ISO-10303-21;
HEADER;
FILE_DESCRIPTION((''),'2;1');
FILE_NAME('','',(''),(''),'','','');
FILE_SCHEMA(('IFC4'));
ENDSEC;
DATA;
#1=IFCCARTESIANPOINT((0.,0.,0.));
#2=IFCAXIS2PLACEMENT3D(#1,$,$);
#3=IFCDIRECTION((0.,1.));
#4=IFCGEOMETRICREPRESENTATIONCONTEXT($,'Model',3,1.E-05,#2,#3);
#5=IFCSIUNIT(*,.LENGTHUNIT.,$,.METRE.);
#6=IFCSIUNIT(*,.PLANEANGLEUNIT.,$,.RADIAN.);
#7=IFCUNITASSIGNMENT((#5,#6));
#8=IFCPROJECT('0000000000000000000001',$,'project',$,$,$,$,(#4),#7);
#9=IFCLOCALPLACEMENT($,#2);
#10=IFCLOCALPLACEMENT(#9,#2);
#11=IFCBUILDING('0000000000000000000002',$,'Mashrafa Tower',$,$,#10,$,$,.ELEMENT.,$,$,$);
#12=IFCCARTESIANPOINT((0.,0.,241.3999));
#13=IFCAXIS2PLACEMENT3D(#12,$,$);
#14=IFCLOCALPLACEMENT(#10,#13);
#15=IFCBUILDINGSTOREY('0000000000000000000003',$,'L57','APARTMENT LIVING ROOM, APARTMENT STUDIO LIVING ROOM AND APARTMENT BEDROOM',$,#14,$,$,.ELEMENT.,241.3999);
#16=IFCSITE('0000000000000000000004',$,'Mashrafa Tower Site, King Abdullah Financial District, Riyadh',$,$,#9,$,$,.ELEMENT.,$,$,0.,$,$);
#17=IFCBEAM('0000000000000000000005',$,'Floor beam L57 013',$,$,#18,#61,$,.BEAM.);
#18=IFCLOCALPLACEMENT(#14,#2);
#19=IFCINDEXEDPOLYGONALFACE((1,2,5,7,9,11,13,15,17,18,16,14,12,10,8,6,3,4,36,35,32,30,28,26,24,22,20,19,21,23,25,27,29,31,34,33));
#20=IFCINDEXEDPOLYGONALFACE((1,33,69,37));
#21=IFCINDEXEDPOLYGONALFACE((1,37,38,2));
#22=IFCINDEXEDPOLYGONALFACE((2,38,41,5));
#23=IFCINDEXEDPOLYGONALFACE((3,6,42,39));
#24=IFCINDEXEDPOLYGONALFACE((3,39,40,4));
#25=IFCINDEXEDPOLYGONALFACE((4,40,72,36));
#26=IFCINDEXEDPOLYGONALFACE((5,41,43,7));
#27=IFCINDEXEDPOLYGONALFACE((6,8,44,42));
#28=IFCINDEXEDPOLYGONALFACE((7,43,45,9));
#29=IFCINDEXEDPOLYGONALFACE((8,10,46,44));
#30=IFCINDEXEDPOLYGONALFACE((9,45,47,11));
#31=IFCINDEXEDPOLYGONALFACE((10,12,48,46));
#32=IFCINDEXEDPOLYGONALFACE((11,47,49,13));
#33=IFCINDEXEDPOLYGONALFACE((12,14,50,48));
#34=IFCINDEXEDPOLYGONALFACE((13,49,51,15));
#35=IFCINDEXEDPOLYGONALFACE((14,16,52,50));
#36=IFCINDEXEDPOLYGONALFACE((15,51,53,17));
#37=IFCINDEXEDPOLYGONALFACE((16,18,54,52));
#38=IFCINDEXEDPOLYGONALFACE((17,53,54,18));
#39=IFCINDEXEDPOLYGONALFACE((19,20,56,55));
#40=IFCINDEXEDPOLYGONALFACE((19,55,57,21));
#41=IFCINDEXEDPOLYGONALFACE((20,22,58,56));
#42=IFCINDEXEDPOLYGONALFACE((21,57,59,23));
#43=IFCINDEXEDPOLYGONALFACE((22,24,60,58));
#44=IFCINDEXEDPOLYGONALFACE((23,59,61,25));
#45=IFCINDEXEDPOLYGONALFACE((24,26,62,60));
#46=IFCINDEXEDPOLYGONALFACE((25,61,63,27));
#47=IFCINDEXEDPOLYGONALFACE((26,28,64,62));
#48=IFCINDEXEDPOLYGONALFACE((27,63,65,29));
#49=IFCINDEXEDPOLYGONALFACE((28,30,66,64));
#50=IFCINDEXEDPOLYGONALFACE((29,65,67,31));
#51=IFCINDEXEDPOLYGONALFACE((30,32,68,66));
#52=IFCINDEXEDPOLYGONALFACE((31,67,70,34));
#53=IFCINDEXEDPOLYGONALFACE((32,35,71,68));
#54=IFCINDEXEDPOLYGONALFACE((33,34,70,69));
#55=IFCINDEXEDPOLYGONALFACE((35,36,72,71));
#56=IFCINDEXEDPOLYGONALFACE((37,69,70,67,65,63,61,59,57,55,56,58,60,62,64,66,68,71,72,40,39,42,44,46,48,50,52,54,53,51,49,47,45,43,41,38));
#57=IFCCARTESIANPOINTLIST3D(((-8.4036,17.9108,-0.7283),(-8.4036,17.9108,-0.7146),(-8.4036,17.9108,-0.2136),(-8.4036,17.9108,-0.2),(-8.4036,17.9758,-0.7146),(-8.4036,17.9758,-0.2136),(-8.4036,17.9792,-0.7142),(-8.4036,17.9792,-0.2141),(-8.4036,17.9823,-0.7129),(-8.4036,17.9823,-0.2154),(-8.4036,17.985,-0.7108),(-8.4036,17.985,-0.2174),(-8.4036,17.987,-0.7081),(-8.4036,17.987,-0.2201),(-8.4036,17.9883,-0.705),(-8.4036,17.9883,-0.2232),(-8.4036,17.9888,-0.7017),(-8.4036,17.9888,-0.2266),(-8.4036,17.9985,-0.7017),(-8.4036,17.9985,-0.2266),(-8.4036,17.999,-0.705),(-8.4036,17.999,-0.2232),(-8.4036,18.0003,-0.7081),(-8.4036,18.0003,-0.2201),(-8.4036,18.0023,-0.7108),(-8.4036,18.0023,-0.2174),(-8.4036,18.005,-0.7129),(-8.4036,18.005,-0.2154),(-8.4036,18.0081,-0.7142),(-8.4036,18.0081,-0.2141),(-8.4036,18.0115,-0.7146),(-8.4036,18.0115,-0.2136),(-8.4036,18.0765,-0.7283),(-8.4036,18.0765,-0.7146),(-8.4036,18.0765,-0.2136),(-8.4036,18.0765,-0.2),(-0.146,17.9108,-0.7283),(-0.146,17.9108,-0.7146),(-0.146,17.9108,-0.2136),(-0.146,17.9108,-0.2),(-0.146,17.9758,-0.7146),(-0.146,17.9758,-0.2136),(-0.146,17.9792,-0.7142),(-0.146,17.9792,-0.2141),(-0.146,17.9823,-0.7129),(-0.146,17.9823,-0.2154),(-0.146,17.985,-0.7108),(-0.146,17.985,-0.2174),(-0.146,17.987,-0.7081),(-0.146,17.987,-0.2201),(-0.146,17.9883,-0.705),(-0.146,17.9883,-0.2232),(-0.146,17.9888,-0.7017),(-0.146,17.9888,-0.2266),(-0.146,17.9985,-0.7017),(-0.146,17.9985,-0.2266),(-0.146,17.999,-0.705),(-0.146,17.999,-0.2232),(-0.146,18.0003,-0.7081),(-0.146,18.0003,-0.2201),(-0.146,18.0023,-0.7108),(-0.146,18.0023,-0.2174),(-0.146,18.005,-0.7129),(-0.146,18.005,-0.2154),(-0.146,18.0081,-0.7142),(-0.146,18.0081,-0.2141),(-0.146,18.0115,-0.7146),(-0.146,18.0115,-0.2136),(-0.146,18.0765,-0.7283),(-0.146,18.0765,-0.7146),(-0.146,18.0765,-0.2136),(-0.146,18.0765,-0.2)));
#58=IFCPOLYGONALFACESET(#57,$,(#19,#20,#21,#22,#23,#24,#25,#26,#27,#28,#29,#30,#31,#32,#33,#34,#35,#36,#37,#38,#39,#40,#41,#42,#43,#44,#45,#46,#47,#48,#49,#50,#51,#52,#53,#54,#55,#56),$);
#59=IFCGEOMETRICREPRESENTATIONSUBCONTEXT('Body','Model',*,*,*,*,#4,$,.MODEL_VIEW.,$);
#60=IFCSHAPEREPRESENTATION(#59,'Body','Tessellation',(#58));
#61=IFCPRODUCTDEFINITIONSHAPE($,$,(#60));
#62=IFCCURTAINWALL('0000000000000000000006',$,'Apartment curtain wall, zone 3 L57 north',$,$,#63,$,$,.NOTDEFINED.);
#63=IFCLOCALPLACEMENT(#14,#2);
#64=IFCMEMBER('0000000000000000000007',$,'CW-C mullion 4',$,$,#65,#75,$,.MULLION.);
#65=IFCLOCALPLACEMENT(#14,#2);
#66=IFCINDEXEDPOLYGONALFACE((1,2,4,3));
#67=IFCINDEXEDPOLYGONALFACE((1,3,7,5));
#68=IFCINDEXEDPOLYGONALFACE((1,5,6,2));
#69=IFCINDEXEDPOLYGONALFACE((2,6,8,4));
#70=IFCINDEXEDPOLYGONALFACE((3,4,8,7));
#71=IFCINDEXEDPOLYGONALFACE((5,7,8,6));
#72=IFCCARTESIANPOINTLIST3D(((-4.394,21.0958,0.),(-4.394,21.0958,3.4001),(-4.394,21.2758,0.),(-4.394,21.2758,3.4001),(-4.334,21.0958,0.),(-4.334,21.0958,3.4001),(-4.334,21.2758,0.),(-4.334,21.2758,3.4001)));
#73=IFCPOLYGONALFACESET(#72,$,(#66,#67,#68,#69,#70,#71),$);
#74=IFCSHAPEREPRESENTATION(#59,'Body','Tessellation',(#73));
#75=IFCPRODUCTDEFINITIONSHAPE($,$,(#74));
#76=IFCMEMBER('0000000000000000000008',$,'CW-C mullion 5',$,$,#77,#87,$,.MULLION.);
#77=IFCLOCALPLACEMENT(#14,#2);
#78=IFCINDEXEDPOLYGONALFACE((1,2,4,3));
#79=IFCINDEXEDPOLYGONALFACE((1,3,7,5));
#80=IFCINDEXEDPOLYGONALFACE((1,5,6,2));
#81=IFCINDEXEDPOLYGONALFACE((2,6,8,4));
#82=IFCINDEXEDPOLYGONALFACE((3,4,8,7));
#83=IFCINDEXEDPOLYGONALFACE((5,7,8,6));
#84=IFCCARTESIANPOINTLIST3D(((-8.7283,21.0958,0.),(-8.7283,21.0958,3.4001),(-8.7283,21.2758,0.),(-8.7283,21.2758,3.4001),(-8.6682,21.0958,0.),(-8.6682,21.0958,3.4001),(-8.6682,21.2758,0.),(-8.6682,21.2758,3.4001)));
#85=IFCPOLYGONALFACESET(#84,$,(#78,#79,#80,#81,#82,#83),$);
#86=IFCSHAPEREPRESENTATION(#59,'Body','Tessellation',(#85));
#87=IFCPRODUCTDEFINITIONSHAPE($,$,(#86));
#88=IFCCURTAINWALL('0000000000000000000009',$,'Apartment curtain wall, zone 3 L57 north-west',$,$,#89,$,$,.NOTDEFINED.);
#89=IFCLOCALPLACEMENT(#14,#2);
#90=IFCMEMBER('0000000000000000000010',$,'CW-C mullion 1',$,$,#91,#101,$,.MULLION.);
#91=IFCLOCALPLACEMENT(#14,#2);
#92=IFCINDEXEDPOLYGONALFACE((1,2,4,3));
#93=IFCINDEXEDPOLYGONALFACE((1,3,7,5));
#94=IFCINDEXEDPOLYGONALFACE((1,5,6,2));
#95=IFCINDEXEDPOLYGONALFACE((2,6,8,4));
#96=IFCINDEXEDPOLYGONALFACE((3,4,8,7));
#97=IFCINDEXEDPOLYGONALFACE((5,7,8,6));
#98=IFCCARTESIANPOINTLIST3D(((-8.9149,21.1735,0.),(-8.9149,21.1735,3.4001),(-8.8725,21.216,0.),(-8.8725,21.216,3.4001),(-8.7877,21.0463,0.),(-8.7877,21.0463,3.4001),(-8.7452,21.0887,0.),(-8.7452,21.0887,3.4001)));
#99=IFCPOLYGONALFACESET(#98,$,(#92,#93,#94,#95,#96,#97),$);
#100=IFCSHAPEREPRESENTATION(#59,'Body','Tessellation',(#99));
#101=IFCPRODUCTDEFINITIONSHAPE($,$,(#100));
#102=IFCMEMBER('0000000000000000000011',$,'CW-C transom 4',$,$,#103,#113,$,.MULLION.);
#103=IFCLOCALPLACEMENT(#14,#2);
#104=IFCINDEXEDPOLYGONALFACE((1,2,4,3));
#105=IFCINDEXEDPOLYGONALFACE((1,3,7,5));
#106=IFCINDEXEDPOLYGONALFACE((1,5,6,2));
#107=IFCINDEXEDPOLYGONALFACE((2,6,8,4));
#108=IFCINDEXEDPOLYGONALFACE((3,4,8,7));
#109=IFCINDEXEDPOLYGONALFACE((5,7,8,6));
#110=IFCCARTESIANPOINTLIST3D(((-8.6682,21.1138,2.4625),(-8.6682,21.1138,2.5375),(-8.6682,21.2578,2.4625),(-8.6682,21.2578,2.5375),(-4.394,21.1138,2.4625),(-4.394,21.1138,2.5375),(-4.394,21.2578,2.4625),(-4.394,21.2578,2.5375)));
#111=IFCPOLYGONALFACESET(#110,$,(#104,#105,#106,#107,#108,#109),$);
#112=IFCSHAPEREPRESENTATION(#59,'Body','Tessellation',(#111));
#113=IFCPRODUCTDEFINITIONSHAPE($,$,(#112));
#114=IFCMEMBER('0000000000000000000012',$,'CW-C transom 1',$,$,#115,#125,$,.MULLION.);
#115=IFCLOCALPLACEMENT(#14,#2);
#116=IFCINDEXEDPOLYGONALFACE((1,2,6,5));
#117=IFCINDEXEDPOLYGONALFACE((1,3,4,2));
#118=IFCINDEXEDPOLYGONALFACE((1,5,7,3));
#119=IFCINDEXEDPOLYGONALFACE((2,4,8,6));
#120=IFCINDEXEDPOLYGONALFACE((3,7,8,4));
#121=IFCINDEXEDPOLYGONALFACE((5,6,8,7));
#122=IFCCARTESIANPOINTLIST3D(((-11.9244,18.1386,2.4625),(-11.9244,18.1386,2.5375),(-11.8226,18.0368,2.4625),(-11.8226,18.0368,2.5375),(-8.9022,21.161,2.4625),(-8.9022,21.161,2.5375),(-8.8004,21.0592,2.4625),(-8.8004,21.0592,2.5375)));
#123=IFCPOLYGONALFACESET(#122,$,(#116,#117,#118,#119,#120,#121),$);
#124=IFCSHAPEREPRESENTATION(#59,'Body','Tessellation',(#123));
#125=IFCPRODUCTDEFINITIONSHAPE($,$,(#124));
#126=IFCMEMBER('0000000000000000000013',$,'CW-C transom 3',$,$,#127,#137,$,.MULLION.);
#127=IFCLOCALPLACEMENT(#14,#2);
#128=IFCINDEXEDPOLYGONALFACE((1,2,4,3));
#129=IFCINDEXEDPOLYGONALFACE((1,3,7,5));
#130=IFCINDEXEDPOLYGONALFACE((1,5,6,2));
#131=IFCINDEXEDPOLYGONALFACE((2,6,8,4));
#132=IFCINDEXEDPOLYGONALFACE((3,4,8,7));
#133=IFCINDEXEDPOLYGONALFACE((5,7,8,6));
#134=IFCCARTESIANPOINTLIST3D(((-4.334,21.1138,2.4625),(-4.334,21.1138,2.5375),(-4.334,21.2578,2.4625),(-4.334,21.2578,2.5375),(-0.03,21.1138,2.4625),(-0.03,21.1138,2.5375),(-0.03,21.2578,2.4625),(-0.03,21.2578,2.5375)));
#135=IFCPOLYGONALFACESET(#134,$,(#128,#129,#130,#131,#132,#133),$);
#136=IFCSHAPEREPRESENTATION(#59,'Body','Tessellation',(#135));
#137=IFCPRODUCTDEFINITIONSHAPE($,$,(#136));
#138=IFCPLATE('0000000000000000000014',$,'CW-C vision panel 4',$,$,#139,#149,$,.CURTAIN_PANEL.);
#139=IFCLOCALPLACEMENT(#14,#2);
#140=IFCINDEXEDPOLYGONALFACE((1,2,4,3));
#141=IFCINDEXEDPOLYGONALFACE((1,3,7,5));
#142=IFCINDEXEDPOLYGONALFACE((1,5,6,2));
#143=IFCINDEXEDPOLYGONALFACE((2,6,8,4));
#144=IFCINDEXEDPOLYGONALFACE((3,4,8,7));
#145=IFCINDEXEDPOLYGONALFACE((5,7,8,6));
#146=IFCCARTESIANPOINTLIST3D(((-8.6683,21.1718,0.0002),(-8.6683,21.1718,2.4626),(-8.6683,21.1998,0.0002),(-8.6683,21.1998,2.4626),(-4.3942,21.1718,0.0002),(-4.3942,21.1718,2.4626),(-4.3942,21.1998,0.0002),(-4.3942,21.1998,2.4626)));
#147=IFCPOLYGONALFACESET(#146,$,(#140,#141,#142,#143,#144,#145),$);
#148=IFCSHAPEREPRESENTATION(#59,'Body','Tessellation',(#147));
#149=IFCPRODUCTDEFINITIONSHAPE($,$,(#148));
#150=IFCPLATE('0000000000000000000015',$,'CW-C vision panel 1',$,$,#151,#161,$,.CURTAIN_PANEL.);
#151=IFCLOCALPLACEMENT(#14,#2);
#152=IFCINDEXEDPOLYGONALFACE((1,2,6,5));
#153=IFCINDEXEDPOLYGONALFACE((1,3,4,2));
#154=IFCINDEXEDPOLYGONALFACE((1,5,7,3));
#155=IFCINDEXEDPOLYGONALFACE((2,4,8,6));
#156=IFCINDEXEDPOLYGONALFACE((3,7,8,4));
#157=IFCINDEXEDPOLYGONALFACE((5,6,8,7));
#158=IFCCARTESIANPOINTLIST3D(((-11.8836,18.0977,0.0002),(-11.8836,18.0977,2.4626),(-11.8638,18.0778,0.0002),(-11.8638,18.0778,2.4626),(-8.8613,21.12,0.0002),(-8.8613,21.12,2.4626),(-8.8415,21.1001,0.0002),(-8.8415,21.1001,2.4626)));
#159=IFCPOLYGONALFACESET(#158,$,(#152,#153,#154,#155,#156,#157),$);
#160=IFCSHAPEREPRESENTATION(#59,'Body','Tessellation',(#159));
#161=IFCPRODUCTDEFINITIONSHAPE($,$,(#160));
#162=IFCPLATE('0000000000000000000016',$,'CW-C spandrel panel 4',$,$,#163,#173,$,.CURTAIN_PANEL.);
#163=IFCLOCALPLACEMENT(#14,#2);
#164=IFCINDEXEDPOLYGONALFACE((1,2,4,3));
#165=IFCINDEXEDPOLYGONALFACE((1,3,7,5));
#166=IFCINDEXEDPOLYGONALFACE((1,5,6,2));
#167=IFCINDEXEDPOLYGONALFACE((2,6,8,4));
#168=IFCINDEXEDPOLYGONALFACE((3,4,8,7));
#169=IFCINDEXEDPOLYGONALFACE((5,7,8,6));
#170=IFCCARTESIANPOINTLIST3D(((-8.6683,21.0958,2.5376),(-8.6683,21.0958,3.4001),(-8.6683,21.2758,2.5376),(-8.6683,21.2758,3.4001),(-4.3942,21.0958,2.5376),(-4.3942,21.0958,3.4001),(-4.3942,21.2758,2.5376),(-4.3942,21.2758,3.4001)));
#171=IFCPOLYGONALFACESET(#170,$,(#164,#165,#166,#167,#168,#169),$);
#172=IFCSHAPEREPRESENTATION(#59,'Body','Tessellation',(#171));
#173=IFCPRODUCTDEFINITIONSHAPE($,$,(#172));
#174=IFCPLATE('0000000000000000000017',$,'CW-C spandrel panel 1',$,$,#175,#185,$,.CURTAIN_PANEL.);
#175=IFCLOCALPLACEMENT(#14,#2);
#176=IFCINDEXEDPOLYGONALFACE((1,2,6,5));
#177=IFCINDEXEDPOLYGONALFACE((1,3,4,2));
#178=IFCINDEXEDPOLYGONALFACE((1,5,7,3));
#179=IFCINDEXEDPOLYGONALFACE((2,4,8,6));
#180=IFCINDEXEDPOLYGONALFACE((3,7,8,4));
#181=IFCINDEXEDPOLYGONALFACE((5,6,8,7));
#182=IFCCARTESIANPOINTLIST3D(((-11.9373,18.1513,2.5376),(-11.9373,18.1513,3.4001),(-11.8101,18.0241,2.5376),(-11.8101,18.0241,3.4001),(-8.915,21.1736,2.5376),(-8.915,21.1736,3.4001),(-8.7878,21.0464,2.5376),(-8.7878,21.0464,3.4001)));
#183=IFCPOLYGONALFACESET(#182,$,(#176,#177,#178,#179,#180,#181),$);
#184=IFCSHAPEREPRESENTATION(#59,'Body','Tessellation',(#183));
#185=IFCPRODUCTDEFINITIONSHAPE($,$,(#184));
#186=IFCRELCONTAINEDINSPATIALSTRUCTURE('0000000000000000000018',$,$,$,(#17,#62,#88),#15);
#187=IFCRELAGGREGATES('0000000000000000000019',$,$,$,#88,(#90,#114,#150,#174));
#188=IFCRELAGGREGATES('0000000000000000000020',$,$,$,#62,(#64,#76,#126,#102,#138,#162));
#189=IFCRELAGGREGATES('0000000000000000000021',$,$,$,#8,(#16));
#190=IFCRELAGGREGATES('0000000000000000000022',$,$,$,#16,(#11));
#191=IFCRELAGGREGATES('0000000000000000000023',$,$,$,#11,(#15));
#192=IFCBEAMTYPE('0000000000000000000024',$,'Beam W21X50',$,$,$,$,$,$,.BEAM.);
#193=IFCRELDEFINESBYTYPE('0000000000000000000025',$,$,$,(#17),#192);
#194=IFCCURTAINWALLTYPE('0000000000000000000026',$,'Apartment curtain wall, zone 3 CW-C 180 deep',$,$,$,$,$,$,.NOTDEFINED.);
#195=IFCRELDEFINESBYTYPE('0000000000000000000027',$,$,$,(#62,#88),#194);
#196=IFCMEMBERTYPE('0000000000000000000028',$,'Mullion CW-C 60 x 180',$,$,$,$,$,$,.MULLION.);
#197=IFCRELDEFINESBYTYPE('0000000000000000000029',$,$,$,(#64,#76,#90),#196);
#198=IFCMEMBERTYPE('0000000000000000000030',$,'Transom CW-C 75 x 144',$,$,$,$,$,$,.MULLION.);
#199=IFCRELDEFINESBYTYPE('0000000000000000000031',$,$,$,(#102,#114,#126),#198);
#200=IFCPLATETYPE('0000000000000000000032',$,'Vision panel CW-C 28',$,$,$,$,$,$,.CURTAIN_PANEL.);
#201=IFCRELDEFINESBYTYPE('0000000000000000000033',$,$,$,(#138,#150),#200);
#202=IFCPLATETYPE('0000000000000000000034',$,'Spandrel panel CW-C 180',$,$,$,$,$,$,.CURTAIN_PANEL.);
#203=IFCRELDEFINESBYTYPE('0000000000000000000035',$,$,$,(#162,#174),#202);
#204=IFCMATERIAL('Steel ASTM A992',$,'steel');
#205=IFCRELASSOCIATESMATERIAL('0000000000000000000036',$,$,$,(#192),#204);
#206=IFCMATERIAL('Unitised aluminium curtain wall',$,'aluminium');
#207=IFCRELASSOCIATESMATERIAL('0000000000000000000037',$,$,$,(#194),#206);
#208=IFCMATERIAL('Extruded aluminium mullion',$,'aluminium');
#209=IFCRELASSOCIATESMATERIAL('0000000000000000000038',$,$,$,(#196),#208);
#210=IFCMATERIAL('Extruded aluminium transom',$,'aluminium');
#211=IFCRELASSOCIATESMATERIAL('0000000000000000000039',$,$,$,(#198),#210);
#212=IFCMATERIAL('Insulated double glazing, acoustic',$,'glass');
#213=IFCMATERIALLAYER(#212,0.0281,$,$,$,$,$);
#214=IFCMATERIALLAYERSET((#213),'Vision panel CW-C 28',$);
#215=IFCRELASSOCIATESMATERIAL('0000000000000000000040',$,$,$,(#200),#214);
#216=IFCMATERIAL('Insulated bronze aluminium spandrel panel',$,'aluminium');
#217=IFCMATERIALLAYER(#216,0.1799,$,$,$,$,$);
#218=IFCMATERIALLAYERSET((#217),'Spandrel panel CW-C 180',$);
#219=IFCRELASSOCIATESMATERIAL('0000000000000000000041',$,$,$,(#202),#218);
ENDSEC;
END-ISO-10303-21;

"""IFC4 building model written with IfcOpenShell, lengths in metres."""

from ifc_helpers import new_model, si_unit, direction, frame, origin, origin_2d, place, context, subcontext, project, spatial, rectangle, i_section, extrude, source, transform, mapped, material, layer, layer_set, material_profile, profile_set, type_object, type_shapes, element, aggregate, save


model = new_model("IFC4")

# Units and contexts
model_context = context("Model", 3, precision=1e-05, world=origin(), true_north=direction((0.0, 1.0)))
body_context = subcontext(model_context, "Body", "Model", "MODEL_VIEW")
ifc_project = project(units=[si_unit("LENGTHUNIT", "METRE"), si_unit("PLANEANGLEUNIT", "RADIAN")], contexts=[model_context])

# Site, building, storey
site_placement = place(None, origin())
site = spatial("IfcSite", under=ifc_project, at=site_placement, Name="Mashrafa Tower Site, King Abdullah Financial District, Riyadh", CompositionType="ELEMENT", RefElevation=0.0)
building_placement = place(site_placement, origin())
building = spatial("IfcBuilding", under=site, at=building_placement, Name="Mashrafa Tower", CompositionType="ELEMENT")
storey_placement = place(building_placement, frame((0.0, 0.0, 241.3999)))
storey = spatial("IfcBuildingStorey", under=building, at=storey_placement, Name="L57", Description="APARTMENT LIVING ROOM, APARTMENT STUDIO LIVING ROOM AND APARTMENT BEDROOM", CompositionType="ELEMENT", Elevation=241.3999)

# Beam
ifc_material_1 = material(Name="Steel ASTM A992", Category="steel")
ifc_material_profile_1 = material_profile(ifc_material_1, i_section(OverallWidth=0.1658, OverallDepth=0.5283, WebThickness=0.0098, FlangeThickness=0.0137, FilletRadius=0.0129, at=origin_2d()), Name="W21X50")
ifc_profile_set_1 = profile_set([ifc_material_profile_1], Name="Steel ASTM A992")
beam_type_1 = type_object("IfcBeamType", Name="Beam W21X50", PredefinedType="BEAM", material=ifc_profile_set_1)
beam_1_placement = place(storey_placement, frame((-8.4036, 17.9937, -0.4641), z_axis=(1.0, 0.0, 0.0), x_axis=(0.0, 1.0, 0.0)))
element("IfcBeam", 1, at=beam_1_placement, inside=storey, type_object=beam_type_1, Name="Floor beam L57 013", PredefinedType="BEAM", context=body_context, shape_type="SweptSolid", body=[
    extrude(i_section(OverallWidth=0.1658, OverallDepth=0.5283, WebThickness=0.0098, FlangeThickness=0.0137, FilletRadius=0.0129, at=origin_2d()), origin(), (0.0, 0.0, 1.0), 8.2576),
])

# Curtain wall, members
ifc_material_2 = material(Name="Unitised aluminium curtain wall", Category="aluminium")
curtain_wall_type = type_object("IfcCurtainWallType", Name="Apartment curtain wall, zone 3 CW-C 180 deep", PredefinedType="NOTDEFINED", material=ifc_material_2)
curtain_wall_1_placement = place(storey_placement, origin())
curtain_wall_1 = element("IfcCurtainWall", 2, at=curtain_wall_1_placement, inside=storey, type_object=curtain_wall_type, Name="Apartment curtain wall, zone 3 L57 north", PredefinedType="NOTDEFINED")
ifc_material_3 = material(Name="Extruded aluminium mullion", Category="aluminium")
ifc_material_profile_2 = material_profile(ifc_material_3, rectangle(XDim=0.1799, YDim=0.0601, at=origin_2d()), Name="Mullion 60x180")
ifc_profile_set_2 = profile_set([ifc_material_profile_2], Name="Extruded aluminium mullion")
member_type_1 = type_object("IfcMemberType", Name="Mullion CW-C 60 x 180", PredefinedType="MULLION", material=ifc_profile_set_2)
shared_shape_1 = source(origin(), body_context, "Body", "SweptSolid", [
    extrude(rectangle(XDim=0.1799, YDim=0.0601, at=origin_2d()), origin(), (0.0, 0.0, 1.0), 3.4001),
])
type_shapes(member_type_1, [shared_shape_1])
member_1_placement = place(storey_placement, frame((-4.364, 21.1858, 0.0), z_axis=(0.0, 0.0, 1.0), x_axis=(0.0, -1.0, 0.0)))
member_1 = element("IfcMember", 3, at=member_1_placement, type_object=member_type_1, Name="CW-C mullion 4", PredefinedType="MULLION", context=body_context, shape_type="MappedRepresentation", body=[
    mapped(shared_shape_1, transform((0.0, 0.0, 0.0))),
])
member_2_placement = place(storey_placement, frame((-8.6982, 21.1858, 0.0), z_axis=(0.0, 0.0, 1.0), x_axis=(0.0, -1.0, 0.0)))
member_2 = element("IfcMember", 4, at=member_2_placement, type_object=member_type_1, Name="CW-C mullion 5", PredefinedType="MULLION", context=body_context, shape_type="MappedRepresentation", body=[
    mapped(shared_shape_1, transform((0.0, 0.0, 0.0))),
])

# Curtain wall, member
curtain_wall_2_placement = place(storey_placement, origin())
curtain_wall_2 = element("IfcCurtainWall", 5, at=curtain_wall_2_placement, inside=storey, type_object=curtain_wall_type, Name="Apartment curtain wall, zone 3 L57 north-west", PredefinedType="NOTDEFINED")
member_3_placement = place(storey_placement, frame((-8.8301, 21.1311, 0.0), z_axis=(0.0, 0.0, 1.0), x_axis=(0.707107, -0.707107, 0.0)))
member_3 = element("IfcMember", 6, at=member_3_placement, type_object=member_type_1, Name="CW-C mullion 1", PredefinedType="MULLION", context=body_context, shape_type="MappedRepresentation", body=[
    mapped(shared_shape_1, transform((0.0, 0.0, 0.0))),
])

# Members
ifc_material_4 = material(Name="Extruded aluminium transom", Category="aluminium")
ifc_material_profile_3 = material_profile(ifc_material_4, rectangle(XDim=0.144, YDim=0.075, at=origin_2d()), Name="Transom 75x144")
ifc_profile_set_3 = profile_set([ifc_material_profile_3], Name="Extruded aluminium transom")
member_type_2 = type_object("IfcMemberType", Name="Transom CW-C 75 x 144", PredefinedType="MULLION", material=ifc_profile_set_3)
shared_shape_2 = source(origin(), body_context, "Body", "SweptSolid", [
    extrude(rectangle(XDim=0.144, YDim=0.075, at=origin_2d()), origin(), (0.0, 0.0, 1.0), 4.2742),
])
member_4_placement = place(storey_placement, frame((-4.394, 21.1858, 2.5), z_axis=(-1.0, 0.0, 0.0), x_axis=(0.0, -1.0, 0.0)))
member_4 = element("IfcMember", 7, at=member_4_placement, type_object=member_type_2, Name="CW-C transom 4", PredefinedType="MULLION", context=body_context, shape_type="MappedRepresentation", body=[
    mapped(shared_shape_2, transform((0.0, 0.0, 0.0))),
])
member_5_placement = place(storey_placement, frame((-8.8513, 21.1101, 2.5), z_axis=(-0.707078, -0.707135, 0.0), x_axis=(0.707135, -0.707078, 0.0)))
member_5 = element("IfcMember", 8, at=member_5_placement, type_object=member_type_2, Name="CW-C transom 1", PredefinedType="MULLION", context=body_context, shape_type="MappedRepresentation", body=[
    mapped(shared_shape_2, transform((0.0, 0.0, 0.0))),
])
shared_shape_3 = source(origin(), body_context, "Body", "SweptSolid", [
    extrude(rectangle(XDim=0.144, YDim=0.075, at=origin_2d()), origin(), (0.0, 0.0, 1.0), 4.304),
])
type_shapes(member_type_2, [shared_shape_2, shared_shape_3])
member_6_placement = place(storey_placement, frame((-0.03, 21.1858, 2.5), z_axis=(-1.0, 0.0, 0.0), x_axis=(0.0, -1.0, 0.0)))
member_6 = element("IfcMember", 9, at=member_6_placement, type_object=member_type_2, Name="CW-C transom 3", PredefinedType="MULLION", context=body_context, shape_type="MappedRepresentation", body=[
    mapped(shared_shape_3, transform((0.0, 0.0, 0.0))),
])

# Plates
ifc_material_5 = material(Name="Insulated double glazing, acoustic", Category="glass")
ifc_layer_1 = layer(ifc_material_5, 0.0281)
ifc_layer_set_1 = layer_set([ifc_layer_1], Name="Vision panel CW-C 28")
plate_type_1 = type_object("IfcPlateType", Name="Vision panel CW-C 28", PredefinedType="CURTAIN_PANEL", material=ifc_layer_set_1)
shared_shape_4 = source(origin(), body_context, "Body", "SweptSolid", [
    extrude(rectangle(XDim=4.2742, YDim=0.0281, at=origin_2d()), origin(), (0.0, 0.0, 1.0), 2.4624),
])
plate_1_placement = place(storey_placement, frame((-6.5312, 21.1858, 0.0002), z_axis=(0.0, 0.0, 1.0), x_axis=(-1.0, 0.0, 0.0)))
plate_1 = element("IfcPlate", 10, at=plate_1_placement, type_object=plate_type_1, Name="CW-C vision panel 4", PredefinedType="CURTAIN_PANEL", context=body_context, shape_type="MappedRepresentation", body=[
    mapped(shared_shape_4, transform((0.0, 0.0, 0.0))),
])
plate_2_placement = place(storey_placement, frame((-10.3625, 19.5989, 0.0002), z_axis=(0.0, 0.0, 1.0), x_axis=(-0.707107, -0.707107, 0.0)))
plate_2 = element("IfcPlate", 11, at=plate_2_placement, type_object=plate_type_1, Name="CW-C vision panel 1", PredefinedType="CURTAIN_PANEL", context=body_context, shape_type="MappedRepresentation", body=[
    mapped(shared_shape_4, transform((0.0, 0.0, 0.0))),
])
ifc_material_6 = material(Name="Insulated bronze aluminium spandrel panel", Category="aluminium")
ifc_layer_2 = layer(ifc_material_6, 0.1799)
ifc_layer_set_2 = layer_set([ifc_layer_2], Name="Spandrel panel CW-C 180")
plate_type_2 = type_object("IfcPlateType", Name="Spandrel panel CW-C 180", PredefinedType="CURTAIN_PANEL", material=ifc_layer_set_2)
shared_shape_5 = source(origin(), body_context, "Body", "SweptSolid", [
    extrude(rectangle(XDim=4.2742, YDim=0.1799, at=origin_2d()), origin(), (0.0, 0.0, 1.0), 0.8625),
])
plate_3_placement = place(storey_placement, frame((-6.5312, 21.1858, 2.5376), z_axis=(0.0, 0.0, 1.0), x_axis=(-1.0, 0.0, 0.0)))
plate_3 = element("IfcPlate", 12, at=plate_3_placement, type_object=plate_type_2, Name="CW-C spandrel panel 4", PredefinedType="CURTAIN_PANEL", context=body_context, shape_type="MappedRepresentation", body=[
    mapped(shared_shape_5, transform((0.0, 0.0, 0.0))),
])
plate_4_placement = place(storey_placement, frame((-10.3625, 19.5989, 2.5376), z_axis=(0.0, 0.0, 1.0), x_axis=(-0.707107, -0.707107, 0.0)))
plate_4 = element("IfcPlate", 13, at=plate_4_placement, type_object=plate_type_2, Name="CW-C spandrel panel 1", PredefinedType="CURTAIN_PANEL", context=body_context, shape_type="MappedRepresentation", body=[
    mapped(shared_shape_5, transform((0.0, 0.0, 0.0))),
])
aggregate(curtain_wall_2, [member_3, member_5, plate_2, plate_4])
aggregate(curtain_wall_1, [member_1, member_2, member_6, member_4, plate_1, plate_3])

save(model, "model.ifc")
